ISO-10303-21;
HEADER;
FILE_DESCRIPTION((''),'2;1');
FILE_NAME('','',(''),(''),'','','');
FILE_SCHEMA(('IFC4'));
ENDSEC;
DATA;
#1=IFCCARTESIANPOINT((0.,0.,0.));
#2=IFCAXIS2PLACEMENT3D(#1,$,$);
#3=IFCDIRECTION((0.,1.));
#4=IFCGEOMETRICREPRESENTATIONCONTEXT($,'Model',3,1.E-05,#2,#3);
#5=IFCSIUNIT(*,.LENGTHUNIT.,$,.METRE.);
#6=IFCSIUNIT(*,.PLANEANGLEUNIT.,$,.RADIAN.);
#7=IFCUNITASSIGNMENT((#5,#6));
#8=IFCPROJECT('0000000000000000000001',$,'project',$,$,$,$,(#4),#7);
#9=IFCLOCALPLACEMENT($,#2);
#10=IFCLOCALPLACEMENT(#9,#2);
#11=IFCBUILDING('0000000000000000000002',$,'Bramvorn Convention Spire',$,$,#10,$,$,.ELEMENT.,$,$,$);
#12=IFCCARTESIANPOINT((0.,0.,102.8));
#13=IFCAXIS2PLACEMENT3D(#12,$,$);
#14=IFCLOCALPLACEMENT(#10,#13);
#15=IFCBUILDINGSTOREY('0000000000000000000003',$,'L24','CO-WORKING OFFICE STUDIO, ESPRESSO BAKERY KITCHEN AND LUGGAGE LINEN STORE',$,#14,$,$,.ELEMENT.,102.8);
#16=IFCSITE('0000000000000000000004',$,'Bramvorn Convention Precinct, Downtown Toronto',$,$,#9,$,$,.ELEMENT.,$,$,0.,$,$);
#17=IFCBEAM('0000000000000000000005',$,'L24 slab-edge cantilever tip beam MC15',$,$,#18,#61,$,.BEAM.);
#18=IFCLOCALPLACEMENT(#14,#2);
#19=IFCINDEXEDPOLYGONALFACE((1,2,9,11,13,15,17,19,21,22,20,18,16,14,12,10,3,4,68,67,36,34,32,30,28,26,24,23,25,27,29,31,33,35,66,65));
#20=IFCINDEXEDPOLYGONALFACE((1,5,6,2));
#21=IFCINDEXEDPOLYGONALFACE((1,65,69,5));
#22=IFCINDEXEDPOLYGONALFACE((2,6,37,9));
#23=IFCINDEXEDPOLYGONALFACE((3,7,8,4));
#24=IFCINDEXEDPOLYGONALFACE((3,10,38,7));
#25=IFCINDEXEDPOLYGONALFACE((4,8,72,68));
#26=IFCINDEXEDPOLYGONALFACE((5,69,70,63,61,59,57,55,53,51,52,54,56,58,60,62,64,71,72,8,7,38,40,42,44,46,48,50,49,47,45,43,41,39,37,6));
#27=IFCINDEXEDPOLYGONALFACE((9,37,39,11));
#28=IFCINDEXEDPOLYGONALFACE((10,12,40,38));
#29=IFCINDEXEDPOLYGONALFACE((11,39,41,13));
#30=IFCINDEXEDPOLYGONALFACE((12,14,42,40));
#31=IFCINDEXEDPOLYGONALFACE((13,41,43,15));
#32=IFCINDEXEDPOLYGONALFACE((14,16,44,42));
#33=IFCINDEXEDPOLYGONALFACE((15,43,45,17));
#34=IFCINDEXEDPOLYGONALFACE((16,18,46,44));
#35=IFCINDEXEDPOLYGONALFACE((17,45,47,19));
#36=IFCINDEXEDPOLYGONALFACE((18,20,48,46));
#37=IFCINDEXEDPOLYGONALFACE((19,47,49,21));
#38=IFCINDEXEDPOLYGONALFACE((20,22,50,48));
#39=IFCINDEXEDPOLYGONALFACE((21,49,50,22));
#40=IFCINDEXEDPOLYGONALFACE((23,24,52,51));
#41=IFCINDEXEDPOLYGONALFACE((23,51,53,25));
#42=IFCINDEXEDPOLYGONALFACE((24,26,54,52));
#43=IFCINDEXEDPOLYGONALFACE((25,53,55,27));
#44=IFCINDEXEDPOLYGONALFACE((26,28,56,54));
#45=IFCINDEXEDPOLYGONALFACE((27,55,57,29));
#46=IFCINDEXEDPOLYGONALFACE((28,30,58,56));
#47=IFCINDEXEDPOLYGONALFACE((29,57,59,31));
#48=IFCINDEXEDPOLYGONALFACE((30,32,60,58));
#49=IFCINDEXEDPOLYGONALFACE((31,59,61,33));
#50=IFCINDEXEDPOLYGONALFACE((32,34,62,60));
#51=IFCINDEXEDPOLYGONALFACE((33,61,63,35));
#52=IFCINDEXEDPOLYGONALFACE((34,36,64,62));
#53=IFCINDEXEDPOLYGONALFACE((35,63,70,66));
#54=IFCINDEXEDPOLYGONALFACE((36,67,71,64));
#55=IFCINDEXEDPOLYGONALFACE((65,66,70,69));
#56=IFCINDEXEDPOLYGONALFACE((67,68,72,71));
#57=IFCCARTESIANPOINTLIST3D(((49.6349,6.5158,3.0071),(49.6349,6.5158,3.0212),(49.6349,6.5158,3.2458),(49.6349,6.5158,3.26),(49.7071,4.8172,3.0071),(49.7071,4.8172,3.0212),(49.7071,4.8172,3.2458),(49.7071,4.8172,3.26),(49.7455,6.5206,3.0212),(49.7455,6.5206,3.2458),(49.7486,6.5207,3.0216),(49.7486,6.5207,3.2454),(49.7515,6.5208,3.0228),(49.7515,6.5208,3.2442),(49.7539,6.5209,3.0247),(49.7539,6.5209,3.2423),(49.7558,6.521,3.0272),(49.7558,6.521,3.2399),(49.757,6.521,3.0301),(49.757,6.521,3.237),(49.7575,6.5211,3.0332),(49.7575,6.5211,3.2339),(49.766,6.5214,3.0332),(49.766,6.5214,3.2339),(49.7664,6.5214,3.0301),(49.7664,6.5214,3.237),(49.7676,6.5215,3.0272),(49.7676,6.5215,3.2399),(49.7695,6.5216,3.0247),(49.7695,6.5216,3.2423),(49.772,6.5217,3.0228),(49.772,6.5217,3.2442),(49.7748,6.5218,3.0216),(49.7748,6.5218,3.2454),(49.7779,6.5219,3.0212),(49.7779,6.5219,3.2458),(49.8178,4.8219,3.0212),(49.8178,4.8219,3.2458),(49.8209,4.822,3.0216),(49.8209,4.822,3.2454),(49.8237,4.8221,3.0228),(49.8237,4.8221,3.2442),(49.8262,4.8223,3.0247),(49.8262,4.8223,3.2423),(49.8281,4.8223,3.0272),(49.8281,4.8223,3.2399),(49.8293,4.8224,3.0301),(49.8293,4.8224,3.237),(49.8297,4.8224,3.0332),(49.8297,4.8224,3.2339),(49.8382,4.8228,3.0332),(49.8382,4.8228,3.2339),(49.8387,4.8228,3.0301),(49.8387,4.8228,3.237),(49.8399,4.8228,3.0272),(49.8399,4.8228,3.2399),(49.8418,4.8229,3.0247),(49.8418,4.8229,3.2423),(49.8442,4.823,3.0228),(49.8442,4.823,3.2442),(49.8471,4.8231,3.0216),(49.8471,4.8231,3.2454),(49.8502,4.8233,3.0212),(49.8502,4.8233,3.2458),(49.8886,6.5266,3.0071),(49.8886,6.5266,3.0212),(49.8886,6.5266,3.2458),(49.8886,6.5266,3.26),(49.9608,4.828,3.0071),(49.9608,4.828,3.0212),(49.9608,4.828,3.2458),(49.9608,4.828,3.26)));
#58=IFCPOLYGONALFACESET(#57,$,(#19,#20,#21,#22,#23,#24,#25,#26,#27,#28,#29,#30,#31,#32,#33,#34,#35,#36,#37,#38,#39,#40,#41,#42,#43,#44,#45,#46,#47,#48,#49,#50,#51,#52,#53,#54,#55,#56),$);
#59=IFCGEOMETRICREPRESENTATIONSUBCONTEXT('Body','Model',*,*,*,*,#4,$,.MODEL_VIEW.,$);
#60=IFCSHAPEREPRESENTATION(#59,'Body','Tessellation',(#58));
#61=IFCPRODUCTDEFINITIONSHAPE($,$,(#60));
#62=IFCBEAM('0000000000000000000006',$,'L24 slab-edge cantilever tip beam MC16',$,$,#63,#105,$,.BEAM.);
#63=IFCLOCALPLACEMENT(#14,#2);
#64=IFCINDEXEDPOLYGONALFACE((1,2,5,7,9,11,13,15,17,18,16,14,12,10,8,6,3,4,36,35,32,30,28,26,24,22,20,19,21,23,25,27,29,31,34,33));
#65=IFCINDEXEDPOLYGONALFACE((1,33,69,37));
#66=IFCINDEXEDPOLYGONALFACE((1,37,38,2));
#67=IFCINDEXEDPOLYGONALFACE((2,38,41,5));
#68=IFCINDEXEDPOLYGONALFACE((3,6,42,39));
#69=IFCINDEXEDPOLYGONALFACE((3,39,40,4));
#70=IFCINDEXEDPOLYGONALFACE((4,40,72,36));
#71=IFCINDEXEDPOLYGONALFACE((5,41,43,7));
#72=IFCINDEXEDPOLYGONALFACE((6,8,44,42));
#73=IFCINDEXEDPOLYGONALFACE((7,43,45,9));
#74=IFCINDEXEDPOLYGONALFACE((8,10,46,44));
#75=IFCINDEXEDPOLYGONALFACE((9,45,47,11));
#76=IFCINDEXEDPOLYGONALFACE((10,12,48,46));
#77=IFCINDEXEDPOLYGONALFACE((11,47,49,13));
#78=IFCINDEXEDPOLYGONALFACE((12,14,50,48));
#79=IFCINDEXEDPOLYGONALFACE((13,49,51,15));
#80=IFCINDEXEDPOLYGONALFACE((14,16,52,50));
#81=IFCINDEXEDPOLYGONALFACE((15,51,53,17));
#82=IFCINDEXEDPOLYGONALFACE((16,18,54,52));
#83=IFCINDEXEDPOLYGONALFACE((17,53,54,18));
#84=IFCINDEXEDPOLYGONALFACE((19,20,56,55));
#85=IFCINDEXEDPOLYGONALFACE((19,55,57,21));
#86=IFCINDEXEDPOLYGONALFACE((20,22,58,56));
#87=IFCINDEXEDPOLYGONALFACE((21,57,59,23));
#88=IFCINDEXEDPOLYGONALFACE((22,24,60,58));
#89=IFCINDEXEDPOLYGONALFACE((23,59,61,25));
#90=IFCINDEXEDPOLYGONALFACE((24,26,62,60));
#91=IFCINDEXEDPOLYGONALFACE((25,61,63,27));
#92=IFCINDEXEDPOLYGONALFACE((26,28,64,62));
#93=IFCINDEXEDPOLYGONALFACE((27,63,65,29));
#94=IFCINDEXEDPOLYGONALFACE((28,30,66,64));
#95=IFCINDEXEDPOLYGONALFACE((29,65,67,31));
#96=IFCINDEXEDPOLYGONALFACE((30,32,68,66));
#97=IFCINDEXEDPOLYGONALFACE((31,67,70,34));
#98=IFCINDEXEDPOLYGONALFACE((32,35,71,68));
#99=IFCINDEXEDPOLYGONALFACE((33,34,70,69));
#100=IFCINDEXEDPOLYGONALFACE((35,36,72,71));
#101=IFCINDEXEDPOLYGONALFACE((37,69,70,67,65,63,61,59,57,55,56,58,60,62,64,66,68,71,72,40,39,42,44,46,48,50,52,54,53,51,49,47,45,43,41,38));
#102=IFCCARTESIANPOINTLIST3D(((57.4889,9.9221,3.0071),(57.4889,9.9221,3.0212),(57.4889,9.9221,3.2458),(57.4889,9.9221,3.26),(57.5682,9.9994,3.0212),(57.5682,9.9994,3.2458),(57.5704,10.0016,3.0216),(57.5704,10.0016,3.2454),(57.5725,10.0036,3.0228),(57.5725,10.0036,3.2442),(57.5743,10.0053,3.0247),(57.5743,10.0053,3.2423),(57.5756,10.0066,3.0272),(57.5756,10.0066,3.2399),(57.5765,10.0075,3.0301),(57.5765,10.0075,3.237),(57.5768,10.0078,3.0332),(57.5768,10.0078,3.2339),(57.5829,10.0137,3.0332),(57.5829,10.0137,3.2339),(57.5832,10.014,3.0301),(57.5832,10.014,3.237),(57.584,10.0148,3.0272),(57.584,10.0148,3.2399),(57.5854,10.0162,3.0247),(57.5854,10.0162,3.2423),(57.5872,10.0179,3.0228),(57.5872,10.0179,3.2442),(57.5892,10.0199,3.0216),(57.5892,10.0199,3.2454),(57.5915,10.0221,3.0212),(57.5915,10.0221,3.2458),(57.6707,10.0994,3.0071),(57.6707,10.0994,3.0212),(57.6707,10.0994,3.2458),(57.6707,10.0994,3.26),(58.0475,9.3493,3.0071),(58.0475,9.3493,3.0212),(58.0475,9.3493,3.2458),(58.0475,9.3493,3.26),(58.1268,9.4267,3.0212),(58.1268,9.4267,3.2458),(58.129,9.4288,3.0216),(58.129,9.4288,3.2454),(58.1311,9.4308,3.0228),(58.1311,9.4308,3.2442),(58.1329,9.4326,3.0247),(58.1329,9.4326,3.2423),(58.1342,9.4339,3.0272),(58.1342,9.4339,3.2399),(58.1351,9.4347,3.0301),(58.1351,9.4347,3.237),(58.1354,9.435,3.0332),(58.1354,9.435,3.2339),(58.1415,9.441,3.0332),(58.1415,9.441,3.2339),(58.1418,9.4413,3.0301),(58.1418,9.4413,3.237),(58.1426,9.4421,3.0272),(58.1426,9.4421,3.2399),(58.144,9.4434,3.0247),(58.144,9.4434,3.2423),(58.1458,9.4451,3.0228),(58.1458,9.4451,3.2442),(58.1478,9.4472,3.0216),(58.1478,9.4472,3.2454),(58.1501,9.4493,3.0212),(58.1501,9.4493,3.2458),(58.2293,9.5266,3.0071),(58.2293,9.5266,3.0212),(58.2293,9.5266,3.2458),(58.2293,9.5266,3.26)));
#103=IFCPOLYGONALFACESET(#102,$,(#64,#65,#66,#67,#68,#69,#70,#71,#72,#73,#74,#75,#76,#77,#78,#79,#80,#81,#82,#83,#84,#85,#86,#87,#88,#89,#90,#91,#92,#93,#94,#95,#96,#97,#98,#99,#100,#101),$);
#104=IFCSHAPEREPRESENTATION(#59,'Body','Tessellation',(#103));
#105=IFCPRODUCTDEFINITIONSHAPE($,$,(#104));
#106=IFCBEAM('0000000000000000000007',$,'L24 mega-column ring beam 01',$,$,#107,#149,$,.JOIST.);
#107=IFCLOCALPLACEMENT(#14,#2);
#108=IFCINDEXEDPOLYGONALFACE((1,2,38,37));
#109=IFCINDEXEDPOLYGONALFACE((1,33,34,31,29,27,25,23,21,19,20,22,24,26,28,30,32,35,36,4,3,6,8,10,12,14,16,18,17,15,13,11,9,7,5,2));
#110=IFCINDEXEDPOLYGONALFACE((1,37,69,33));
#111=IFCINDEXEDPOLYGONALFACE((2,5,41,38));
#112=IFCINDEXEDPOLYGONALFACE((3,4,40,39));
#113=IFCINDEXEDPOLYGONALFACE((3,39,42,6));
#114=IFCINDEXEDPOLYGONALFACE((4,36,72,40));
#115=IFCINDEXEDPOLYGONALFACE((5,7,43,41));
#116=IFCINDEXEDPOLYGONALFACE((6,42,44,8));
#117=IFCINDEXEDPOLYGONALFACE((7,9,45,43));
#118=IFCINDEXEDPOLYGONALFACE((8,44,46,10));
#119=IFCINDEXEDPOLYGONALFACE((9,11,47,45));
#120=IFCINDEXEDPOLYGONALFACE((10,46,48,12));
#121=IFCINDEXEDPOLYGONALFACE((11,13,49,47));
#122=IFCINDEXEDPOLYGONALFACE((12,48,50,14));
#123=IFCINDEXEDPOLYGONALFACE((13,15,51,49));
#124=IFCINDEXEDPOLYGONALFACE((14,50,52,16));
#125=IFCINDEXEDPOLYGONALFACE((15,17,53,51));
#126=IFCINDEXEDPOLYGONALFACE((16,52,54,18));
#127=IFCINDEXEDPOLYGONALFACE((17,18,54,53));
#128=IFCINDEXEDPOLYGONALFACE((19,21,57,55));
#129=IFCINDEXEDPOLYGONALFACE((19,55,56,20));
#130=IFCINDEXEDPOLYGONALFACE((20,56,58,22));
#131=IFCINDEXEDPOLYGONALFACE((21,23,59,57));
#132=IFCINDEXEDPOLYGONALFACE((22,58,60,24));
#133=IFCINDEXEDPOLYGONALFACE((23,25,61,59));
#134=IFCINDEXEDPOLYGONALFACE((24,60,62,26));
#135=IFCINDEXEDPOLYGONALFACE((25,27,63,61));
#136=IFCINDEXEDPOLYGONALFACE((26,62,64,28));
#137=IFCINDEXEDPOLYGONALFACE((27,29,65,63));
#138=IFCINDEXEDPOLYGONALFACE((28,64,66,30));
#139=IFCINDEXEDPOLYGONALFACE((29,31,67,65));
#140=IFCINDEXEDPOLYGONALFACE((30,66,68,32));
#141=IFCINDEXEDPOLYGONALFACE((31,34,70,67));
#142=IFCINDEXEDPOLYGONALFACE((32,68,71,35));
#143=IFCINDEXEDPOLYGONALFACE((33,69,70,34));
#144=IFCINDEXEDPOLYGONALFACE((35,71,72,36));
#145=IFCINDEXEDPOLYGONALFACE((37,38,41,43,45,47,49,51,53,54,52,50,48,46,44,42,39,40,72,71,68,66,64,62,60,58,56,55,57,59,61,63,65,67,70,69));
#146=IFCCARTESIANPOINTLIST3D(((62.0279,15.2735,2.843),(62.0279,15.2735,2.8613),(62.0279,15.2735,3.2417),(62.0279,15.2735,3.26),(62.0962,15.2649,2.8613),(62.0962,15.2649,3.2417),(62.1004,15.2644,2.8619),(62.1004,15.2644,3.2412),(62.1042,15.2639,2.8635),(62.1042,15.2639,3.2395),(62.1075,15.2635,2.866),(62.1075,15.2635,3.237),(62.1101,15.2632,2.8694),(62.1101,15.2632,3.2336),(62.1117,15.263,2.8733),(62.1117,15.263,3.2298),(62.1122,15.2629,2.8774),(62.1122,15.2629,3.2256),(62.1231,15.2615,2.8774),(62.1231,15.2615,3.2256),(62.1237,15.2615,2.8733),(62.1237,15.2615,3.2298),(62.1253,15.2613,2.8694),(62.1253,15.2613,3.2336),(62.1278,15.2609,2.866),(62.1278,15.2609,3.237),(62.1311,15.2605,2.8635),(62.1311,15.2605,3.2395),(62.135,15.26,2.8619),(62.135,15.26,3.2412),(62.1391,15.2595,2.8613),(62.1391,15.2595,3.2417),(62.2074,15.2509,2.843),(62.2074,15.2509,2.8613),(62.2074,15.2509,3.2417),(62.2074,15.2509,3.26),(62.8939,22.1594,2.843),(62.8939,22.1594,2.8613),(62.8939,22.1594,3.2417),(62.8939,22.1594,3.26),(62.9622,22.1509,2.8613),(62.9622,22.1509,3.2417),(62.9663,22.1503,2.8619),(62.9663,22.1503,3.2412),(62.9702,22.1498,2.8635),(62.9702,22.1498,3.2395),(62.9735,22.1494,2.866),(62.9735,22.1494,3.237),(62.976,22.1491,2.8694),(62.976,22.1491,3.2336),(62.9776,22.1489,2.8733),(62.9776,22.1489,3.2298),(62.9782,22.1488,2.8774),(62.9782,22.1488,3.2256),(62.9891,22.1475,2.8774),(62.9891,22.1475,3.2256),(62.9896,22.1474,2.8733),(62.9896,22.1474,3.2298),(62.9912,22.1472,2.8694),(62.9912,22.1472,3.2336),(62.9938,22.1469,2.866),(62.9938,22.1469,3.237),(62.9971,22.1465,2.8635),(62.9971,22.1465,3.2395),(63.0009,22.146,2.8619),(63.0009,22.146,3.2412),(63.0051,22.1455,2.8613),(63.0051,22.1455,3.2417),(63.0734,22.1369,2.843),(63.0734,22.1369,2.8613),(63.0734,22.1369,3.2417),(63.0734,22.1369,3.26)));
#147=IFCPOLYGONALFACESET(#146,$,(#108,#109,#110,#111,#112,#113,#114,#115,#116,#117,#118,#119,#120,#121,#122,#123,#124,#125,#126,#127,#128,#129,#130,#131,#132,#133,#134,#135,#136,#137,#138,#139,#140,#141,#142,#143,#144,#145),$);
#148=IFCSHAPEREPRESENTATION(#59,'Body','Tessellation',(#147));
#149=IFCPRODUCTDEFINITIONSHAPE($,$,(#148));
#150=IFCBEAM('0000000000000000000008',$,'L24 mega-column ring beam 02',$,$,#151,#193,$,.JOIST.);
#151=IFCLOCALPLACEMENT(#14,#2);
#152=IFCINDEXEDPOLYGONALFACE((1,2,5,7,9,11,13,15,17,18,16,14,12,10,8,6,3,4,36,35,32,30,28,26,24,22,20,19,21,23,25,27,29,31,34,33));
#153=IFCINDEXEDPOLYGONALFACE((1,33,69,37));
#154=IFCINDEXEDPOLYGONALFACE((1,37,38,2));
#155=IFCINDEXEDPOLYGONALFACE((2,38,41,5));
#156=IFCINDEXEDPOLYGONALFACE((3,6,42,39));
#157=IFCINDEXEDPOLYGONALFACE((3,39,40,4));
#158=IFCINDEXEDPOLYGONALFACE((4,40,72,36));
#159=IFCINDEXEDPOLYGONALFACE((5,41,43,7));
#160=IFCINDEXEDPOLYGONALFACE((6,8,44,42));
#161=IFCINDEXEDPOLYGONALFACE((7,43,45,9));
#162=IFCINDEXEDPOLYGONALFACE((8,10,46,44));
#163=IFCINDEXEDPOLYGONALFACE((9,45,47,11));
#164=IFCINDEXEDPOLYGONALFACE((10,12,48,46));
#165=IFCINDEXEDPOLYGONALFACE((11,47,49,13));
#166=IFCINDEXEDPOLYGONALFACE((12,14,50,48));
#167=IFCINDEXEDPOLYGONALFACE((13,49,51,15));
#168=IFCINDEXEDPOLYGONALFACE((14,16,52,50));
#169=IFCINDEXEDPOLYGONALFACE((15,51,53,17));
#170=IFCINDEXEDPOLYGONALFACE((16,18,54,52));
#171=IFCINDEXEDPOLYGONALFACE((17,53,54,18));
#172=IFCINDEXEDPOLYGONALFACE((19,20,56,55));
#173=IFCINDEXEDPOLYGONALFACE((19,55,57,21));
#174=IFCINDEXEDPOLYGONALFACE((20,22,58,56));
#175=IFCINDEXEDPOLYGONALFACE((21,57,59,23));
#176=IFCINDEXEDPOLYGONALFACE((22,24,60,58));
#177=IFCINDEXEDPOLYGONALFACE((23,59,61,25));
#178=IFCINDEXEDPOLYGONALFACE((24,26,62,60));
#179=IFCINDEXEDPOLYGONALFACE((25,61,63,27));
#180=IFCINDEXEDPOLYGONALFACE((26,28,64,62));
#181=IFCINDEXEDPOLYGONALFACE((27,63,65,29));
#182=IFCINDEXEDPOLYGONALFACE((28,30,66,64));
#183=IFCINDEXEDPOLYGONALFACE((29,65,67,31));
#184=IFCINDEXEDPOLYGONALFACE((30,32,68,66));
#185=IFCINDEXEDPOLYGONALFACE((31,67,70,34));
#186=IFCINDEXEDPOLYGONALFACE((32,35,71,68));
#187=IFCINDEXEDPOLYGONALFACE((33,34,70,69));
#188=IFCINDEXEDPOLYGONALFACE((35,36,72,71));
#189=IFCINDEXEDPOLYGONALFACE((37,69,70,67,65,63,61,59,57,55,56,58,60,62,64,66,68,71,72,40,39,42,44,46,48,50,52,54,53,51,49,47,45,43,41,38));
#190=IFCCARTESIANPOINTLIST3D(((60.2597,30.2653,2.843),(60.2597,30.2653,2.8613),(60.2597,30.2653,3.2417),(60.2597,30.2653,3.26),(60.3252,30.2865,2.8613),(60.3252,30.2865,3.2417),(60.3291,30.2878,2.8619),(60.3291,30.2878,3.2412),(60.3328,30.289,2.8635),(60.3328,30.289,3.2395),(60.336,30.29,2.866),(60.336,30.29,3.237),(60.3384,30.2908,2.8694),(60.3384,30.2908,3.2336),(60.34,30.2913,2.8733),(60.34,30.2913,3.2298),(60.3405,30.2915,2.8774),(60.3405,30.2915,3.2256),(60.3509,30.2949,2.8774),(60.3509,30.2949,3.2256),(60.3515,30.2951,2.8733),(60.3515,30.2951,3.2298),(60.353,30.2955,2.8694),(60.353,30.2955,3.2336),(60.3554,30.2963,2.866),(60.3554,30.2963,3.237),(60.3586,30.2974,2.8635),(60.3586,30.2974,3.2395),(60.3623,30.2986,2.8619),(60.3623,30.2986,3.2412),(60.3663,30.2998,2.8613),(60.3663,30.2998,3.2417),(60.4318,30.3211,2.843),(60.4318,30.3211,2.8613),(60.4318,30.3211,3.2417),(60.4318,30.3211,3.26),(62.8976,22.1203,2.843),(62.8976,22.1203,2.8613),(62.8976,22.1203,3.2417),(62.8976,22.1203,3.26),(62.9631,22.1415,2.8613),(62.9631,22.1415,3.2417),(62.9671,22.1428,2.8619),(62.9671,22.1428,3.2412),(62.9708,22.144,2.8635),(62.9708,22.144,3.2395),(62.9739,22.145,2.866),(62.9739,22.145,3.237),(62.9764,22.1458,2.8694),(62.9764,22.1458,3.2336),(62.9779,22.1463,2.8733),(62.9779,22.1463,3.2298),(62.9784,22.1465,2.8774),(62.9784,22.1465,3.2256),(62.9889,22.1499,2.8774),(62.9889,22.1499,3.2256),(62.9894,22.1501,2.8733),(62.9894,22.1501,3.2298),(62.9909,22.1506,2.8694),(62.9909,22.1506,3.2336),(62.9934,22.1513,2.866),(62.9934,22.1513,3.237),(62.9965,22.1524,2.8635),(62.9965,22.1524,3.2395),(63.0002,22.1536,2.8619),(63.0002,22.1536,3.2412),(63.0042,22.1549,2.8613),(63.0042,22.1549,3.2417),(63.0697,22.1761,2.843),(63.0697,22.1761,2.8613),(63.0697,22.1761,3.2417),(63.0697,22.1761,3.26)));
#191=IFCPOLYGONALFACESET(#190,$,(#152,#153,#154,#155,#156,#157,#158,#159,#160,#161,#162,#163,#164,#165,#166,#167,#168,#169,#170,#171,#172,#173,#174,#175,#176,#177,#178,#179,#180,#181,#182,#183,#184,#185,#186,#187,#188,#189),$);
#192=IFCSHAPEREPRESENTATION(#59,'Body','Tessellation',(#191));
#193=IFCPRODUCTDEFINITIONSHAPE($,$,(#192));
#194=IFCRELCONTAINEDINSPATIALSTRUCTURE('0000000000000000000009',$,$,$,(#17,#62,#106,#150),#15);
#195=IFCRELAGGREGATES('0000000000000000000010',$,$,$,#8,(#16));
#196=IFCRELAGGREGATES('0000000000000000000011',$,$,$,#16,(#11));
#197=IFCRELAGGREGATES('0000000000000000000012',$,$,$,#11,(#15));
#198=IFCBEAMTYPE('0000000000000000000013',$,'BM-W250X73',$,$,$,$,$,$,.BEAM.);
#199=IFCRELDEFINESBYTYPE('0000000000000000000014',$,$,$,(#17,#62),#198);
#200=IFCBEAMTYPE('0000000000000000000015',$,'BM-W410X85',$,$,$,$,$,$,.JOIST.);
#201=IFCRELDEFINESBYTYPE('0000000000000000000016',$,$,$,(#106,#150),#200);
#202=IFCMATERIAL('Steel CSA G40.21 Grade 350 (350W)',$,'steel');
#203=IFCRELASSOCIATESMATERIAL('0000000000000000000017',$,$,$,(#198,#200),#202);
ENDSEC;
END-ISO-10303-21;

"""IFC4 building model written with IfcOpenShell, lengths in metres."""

from ifc_helpers import new_model, si_unit, direction, frame, origin, origin_2d, place, context, subcontext, project, spatial, i_section, extrude, material, material_profile, profile_set, type_object, element, save


model = new_model("IFC4")

# Units and contexts
model_context = context("Model", 3, precision=1e-05, world=origin(), true_north=direction((0.0, 1.0)))
body_context = subcontext(model_context, "Body", "Model", "MODEL_VIEW")
ifc_project = project(units=[si_unit("LENGTHUNIT", "METRE"), si_unit("PLANEANGLEUNIT", "RADIAN")], contexts=[model_context])

# Site, building, storey
site_placement = place(None, origin())
site = spatial("IfcSite", under=ifc_project, at=site_placement, Name="Bramvorn Convention Precinct, Downtown Toronto", CompositionType="ELEMENT", RefElevation=0.0)
building_placement = place(site_placement, origin())
building = spatial("IfcBuilding", under=site, at=building_placement, Name="Bramvorn Convention Spire", CompositionType="ELEMENT")
storey_placement = place(building_placement, frame((0.0, 0.0, 102.8)))
storey = spatial("IfcBuildingStorey", under=building, at=storey_placement, Name="L24", Description="CO-WORKING OFFICE STUDIO, ESPRESSO BAKERY KITCHEN AND LUGGAGE LINEN STORE", CompositionType="ELEMENT", Elevation=102.8)

# Shared definitions
ifc_material_1 = material(Name="Steel CSA G40.21 Grade 350 (350W)", Category="steel")

# Beams
ifc_material_profile_1 = material_profile(ifc_material_1, i_section(OverallWidth=0.2539, OverallDepth=0.2529, WebThickness=0.0085, FlangeThickness=0.0142, FilletRadius=0.012, at=origin_2d()))
ifc_profile_set_1 = profile_set([ifc_material_profile_1], Name="Steel CSA G40.21 Grade 350 (350W) - W250X73")
beam_type_1 = type_object("IfcBeamType", Name="BM-W250X73", PredefinedType="BEAM", material=ifc_profile_set_1)
beam_1_placement = place(storey_placement, frame((49.7617, 6.5212, 3.1335), z_axis=(0.042503, -0.999096, 0.0), x_axis=(0.999096, 0.042503, 0.0)))
element("IfcBeam", 1, at=beam_1_placement, inside=storey, type_object=beam_type_1, Name="L24 slab-edge cantilever tip beam MC15", PredefinedType="BEAM", context=body_context, shape_type="SweptSolid", body=[
    extrude(i_section(OverallWidth=0.2539, OverallDepth=0.2529, WebThickness=0.0085, FlangeThickness=0.0142, FilletRadius=0.012, at=origin_2d()), origin(), (0.0, 0.0, 1.0), 1.7002),
])
beam_2_placement = place(storey_placement, frame((57.5798, 10.0107, 3.1335), z_axis=(0.698202, -0.715901, 0.0), x_axis=(0.715901, 0.698202, 0.0)))
element("IfcBeam", 2, at=beam_2_placement, inside=storey, type_object=beam_type_1, Name="L24 slab-edge cantilever tip beam MC16", PredefinedType="BEAM", context=body_context, shape_type="SweptSolid", body=[
    extrude(i_section(OverallWidth=0.2539, OverallDepth=0.2529, WebThickness=0.0085, FlangeThickness=0.0142, FilletRadius=0.012, at=origin_2d()), origin(), (0.0, 0.0, 1.0), 0.8),
])
ifc_material_profile_2 = material_profile(ifc_material_1, i_section(OverallWidth=0.1809, OverallDepth=0.417, WebThickness=0.011, FlangeThickness=0.0183, FilletRadius=0.0161, at=origin_2d()))
ifc_profile_set_2 = profile_set([ifc_material_profile_2], Name="Steel CSA G40.21 Grade 350 (350W) - W410X85")
beam_type_2 = type_object("IfcBeamType", Name="BM-W410X85", PredefinedType="JOIST", material=ifc_profile_set_2)
beam_3_placement = place(storey_placement, frame((62.1177, 15.2622, 3.0515), z_axis=(0.124775, 0.992185, 0.0), x_axis=(-0.992185, 0.124775, 0.0)))
element("IfcBeam", 3, at=beam_3_placement, inside=storey, type_object=beam_type_2, Name="L24 mega-column ring beam 01", PredefinedType="JOIST", context=body_context, shape_type="SweptSolid", body=[
    extrude(i_section(OverallWidth=0.1809, OverallDepth=0.417, WebThickness=0.011, FlangeThickness=0.0183, FilletRadius=0.0161, at=origin_2d()), origin(), (0.0, 0.0, 1.0), 6.9402),
])
for number, where, z_axis, x_axis, name in (
    (4, (62.9836, 22.1482, 3.0515), (-0.308115, 0.951349, 0.0), (-0.951349, -0.308115, 0.0), "L24 mega-column ring beam 02"),
):
    element("IfcBeam", number, at=place(storey_placement, frame(where, z_axis=z_axis, x_axis=x_axis)), inside=storey, type_object=beam_type_2, Name=name, PredefinedType="JOIST", context=body_context, shape_type="SweptSolid", body=[
        extrude(i_section(OverallWidth=0.1809, OverallDepth=0.417, WebThickness=0.011, FlangeThickness=0.0183, FilletRadius=0.0161, at=origin_2d()), origin(), (0.0, 0.0, 1.0), 8.5615),
    ])

save(model, "model.ifc")
